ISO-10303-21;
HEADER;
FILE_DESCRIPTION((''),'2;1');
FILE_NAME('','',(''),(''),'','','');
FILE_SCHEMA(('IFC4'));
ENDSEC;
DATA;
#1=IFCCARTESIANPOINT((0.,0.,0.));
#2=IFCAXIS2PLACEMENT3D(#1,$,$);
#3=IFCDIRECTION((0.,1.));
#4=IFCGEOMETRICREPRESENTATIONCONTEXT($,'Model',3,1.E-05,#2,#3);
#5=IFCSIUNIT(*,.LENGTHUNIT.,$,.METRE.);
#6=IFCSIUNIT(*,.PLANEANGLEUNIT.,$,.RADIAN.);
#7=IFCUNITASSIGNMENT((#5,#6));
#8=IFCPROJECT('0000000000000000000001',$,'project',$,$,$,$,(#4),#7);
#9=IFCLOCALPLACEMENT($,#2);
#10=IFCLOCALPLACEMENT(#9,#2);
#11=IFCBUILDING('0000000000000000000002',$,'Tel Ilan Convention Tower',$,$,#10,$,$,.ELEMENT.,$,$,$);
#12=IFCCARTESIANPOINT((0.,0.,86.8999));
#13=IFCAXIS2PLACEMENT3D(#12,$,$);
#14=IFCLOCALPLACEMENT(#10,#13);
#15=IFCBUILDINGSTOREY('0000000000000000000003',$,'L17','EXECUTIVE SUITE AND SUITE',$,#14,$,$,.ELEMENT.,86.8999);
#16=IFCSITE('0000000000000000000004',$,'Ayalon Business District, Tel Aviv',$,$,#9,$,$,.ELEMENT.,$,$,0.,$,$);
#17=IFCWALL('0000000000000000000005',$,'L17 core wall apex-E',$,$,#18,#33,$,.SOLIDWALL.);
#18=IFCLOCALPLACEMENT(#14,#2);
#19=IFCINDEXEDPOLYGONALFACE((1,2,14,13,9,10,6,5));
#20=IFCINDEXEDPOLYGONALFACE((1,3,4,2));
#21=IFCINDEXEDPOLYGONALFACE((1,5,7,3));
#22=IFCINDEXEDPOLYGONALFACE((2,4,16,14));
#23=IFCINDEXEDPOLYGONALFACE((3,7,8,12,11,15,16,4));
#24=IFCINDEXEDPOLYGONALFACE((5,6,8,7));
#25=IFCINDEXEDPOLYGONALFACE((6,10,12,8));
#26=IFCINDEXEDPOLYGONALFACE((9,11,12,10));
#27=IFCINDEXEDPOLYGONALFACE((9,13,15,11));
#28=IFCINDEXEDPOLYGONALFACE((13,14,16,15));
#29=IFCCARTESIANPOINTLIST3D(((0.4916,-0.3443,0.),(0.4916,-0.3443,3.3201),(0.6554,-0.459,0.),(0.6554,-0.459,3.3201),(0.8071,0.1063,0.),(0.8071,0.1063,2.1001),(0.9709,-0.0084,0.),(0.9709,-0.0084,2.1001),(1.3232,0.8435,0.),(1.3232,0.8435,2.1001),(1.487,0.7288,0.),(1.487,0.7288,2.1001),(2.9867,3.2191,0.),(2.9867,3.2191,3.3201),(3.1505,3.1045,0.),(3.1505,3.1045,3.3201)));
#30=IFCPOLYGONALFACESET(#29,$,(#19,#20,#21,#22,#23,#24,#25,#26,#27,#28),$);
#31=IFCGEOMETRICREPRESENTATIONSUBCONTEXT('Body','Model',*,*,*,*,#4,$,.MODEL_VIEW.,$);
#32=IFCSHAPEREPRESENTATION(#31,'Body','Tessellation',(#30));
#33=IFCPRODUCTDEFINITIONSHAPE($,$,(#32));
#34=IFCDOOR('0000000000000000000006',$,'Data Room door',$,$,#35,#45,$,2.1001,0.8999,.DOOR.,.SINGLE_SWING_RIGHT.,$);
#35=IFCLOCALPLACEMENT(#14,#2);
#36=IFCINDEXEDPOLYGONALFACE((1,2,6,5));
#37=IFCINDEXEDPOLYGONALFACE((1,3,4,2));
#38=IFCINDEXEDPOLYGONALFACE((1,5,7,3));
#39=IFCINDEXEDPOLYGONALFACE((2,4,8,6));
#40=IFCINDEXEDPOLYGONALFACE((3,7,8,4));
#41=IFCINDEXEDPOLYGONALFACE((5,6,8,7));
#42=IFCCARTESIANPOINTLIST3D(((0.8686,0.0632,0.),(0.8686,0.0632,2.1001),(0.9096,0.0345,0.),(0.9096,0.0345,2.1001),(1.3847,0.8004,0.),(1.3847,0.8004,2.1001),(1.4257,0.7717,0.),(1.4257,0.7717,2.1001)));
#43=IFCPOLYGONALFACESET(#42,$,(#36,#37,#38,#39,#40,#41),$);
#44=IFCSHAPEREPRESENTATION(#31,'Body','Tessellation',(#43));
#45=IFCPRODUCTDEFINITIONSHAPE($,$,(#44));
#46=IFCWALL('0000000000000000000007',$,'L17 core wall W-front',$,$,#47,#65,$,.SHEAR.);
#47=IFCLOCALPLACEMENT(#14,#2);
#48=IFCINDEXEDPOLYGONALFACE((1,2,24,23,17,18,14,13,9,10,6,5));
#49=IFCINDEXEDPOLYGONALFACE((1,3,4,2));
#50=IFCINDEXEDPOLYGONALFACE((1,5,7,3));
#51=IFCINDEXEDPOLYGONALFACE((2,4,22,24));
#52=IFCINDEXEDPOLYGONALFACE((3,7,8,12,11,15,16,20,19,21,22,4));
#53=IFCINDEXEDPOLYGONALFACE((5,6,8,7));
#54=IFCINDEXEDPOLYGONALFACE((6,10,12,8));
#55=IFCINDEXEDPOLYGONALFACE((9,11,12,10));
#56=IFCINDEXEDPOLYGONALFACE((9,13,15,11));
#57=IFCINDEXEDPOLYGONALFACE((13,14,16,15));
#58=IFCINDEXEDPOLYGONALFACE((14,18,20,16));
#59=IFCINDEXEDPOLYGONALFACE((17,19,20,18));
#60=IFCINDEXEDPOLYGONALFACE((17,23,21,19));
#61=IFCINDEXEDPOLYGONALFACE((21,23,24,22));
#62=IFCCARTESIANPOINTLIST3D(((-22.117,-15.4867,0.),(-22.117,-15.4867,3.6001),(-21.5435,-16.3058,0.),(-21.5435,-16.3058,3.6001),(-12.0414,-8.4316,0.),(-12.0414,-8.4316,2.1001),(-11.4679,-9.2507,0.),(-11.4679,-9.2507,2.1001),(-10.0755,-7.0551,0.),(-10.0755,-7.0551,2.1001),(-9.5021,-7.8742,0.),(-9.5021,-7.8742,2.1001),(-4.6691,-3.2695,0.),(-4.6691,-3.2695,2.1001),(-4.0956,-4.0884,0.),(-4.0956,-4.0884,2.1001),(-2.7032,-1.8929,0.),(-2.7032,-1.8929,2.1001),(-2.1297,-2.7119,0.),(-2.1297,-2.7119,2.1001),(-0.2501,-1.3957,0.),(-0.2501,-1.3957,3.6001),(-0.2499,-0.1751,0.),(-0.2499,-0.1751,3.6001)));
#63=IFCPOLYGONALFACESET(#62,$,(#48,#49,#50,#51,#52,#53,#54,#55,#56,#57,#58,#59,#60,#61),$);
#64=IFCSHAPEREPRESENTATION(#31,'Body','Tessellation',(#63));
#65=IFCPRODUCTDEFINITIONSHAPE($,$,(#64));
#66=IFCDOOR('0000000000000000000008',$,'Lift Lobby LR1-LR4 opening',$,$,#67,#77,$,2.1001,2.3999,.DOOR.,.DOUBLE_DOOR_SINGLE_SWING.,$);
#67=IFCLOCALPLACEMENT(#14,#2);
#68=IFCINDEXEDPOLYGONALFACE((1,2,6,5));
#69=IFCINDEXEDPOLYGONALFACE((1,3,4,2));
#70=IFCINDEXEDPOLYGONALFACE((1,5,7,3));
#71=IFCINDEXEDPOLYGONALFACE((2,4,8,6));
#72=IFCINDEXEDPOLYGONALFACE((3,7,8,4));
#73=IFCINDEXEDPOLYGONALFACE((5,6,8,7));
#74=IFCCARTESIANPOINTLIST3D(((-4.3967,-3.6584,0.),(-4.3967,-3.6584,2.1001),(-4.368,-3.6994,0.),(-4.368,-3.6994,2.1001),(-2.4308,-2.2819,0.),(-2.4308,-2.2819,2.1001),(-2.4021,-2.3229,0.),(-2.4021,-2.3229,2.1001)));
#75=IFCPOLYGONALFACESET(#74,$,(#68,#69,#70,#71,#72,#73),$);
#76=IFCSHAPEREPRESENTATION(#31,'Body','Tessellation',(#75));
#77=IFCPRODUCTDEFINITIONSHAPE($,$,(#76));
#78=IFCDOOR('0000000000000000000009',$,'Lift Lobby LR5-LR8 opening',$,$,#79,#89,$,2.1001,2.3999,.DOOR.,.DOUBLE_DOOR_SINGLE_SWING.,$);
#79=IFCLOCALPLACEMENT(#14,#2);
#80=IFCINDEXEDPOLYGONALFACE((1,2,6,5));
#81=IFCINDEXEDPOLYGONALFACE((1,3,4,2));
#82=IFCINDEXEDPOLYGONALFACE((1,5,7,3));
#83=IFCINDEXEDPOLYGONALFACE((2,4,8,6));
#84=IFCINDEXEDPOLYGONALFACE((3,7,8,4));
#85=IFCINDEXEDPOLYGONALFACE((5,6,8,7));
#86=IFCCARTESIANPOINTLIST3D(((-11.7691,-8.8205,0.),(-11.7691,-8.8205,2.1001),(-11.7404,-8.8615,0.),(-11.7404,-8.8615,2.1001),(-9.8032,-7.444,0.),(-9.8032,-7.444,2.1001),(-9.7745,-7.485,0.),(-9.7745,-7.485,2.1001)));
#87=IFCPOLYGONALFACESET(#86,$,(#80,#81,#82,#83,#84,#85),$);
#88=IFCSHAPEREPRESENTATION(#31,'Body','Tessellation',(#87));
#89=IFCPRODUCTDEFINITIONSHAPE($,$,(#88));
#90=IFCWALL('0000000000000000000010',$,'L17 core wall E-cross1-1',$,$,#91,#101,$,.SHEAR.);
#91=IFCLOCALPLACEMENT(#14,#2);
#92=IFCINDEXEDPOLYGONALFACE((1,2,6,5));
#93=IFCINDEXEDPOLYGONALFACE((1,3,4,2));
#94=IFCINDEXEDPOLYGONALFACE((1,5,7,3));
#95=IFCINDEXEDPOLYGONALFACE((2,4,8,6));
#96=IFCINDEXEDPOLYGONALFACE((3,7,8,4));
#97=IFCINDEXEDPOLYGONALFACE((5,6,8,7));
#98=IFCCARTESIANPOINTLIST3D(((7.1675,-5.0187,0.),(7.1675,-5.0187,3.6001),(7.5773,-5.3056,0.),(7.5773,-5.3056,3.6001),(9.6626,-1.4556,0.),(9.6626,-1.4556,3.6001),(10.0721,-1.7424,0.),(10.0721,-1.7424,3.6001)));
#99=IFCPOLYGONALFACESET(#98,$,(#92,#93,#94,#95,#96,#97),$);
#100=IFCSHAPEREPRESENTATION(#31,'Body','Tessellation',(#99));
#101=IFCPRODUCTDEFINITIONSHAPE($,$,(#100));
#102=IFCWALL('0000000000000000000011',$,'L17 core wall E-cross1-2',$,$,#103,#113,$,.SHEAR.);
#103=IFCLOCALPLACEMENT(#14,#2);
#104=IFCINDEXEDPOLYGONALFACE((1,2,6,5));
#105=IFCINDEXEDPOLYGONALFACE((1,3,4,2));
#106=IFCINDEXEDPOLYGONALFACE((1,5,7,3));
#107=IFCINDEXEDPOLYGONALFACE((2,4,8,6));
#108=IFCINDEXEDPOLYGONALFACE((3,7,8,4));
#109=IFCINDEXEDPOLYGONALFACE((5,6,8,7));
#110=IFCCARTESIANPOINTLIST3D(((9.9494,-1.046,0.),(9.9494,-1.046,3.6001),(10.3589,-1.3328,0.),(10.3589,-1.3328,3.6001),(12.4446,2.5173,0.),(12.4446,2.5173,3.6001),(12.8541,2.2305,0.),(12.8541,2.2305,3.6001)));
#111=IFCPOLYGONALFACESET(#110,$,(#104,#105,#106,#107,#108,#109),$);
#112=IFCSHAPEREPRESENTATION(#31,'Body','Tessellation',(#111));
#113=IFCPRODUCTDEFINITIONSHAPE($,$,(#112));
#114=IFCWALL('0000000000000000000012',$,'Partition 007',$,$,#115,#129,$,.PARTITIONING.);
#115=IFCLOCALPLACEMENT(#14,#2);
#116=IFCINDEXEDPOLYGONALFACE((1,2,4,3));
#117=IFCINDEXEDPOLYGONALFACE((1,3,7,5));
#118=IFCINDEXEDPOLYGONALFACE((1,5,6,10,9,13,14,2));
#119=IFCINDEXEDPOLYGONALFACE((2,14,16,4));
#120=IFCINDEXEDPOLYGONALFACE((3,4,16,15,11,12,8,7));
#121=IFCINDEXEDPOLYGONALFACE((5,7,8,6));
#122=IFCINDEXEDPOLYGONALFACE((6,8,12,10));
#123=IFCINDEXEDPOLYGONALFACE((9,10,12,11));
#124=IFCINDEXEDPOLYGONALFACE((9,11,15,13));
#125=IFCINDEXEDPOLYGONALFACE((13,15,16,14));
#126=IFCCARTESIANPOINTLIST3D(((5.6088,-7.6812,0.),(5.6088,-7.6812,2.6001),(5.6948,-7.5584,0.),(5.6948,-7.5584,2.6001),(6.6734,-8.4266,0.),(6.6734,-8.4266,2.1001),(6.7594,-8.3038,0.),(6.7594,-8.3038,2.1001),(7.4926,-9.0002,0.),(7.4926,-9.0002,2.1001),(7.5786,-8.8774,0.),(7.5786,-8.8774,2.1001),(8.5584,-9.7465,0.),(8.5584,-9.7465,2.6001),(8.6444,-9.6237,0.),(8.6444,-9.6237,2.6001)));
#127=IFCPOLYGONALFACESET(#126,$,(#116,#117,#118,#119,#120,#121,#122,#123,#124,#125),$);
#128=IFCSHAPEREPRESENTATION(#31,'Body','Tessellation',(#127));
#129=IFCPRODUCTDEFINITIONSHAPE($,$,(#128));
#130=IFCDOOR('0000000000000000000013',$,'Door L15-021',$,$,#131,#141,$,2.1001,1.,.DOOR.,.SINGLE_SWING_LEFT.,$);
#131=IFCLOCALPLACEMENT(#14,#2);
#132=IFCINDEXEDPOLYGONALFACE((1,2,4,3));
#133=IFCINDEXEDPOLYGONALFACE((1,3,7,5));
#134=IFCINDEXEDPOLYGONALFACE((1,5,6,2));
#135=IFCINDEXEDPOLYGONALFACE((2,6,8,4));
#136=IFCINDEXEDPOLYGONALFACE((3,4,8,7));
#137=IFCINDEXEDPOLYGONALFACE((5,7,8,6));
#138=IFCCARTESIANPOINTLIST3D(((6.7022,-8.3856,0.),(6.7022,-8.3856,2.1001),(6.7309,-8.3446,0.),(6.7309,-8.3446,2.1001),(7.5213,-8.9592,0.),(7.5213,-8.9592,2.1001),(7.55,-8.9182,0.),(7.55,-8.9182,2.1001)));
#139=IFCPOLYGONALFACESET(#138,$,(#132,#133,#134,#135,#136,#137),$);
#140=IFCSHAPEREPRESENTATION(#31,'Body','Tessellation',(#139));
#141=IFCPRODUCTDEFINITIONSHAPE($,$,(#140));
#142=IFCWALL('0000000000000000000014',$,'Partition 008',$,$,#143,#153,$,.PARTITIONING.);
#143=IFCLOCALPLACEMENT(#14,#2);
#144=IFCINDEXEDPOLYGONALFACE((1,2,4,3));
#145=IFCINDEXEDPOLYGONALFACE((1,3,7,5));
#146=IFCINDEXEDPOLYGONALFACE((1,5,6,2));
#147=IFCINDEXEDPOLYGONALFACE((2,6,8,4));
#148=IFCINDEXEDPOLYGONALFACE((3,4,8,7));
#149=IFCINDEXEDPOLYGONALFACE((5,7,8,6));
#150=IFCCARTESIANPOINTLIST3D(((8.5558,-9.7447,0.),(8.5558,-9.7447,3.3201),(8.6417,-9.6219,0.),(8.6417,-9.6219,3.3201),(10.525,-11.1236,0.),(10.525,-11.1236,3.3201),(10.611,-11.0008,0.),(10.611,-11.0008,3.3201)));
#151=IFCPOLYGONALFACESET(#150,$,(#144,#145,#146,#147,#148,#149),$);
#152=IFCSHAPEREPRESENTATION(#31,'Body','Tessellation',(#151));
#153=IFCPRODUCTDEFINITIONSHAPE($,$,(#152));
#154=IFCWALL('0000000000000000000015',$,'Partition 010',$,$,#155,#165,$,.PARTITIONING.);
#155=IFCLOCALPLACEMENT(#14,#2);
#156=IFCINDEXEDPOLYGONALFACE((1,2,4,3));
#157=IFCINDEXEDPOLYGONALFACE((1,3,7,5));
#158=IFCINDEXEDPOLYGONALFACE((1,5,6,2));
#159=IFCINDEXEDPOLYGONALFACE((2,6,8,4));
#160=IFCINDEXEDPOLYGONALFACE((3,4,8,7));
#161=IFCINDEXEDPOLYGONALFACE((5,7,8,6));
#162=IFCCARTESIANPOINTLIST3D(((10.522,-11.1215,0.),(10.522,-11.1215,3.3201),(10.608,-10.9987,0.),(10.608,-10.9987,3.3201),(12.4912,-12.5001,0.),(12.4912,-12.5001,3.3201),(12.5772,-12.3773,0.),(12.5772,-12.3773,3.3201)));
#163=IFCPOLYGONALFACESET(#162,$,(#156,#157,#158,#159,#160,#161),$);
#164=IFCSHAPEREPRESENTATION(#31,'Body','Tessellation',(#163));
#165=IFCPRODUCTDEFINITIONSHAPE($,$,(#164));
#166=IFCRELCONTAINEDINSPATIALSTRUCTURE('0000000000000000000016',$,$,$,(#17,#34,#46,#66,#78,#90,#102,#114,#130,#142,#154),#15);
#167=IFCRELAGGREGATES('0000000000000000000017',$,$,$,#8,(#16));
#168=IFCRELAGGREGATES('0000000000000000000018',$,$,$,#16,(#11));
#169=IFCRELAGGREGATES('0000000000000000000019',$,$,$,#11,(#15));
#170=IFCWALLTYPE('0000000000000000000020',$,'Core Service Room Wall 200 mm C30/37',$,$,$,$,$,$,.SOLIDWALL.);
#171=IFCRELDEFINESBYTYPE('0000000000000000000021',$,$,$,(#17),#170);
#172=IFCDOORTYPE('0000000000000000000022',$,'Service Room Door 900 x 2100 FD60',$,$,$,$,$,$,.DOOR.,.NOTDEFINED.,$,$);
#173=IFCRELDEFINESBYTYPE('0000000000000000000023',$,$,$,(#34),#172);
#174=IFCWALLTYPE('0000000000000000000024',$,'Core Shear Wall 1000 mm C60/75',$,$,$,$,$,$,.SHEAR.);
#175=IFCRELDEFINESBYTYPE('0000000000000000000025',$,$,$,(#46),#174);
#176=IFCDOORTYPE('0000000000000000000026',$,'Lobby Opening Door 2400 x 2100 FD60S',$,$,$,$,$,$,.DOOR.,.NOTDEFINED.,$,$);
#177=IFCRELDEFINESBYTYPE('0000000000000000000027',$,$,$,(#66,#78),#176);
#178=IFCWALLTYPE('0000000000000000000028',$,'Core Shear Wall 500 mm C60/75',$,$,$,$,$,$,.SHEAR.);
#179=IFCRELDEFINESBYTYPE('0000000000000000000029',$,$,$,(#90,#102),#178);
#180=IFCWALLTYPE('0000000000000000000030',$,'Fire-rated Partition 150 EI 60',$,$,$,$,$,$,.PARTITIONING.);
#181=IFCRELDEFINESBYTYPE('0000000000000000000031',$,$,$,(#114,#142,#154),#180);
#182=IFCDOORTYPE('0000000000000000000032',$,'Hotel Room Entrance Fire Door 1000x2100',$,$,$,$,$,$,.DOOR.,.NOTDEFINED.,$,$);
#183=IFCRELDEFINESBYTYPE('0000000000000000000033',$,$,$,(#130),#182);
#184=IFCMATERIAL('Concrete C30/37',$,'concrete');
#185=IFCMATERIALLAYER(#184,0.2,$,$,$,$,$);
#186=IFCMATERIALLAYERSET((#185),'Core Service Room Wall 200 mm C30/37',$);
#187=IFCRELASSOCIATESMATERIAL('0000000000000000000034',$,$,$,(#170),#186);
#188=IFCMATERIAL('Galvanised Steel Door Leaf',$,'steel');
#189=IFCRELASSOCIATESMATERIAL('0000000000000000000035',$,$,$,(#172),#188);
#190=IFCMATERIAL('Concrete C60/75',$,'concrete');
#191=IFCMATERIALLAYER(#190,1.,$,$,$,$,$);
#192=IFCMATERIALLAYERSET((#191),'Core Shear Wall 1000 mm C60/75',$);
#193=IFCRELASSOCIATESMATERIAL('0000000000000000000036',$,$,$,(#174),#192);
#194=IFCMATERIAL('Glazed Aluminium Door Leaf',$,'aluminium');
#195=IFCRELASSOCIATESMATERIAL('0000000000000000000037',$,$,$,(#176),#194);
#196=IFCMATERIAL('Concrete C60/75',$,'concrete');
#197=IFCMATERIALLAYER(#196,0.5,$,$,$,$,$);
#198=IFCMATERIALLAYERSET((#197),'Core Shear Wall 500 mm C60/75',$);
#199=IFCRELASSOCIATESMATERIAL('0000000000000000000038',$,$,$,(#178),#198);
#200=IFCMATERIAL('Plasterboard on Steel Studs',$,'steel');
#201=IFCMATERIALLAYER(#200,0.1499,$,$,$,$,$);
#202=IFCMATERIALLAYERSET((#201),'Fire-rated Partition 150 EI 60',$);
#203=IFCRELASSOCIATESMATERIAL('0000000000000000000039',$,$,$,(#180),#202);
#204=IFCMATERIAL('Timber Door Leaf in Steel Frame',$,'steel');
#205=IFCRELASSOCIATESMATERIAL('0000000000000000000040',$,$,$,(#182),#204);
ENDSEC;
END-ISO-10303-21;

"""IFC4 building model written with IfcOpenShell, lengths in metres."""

from ifc_helpers import new_model, si_unit, direction, frame, frame_2d, origin, place, context, subcontext, project, spatial, polyline, rectangle, outline, extrude, material, layer, layer_set, type_object, element, fill, save


model = new_model("IFC4")

# Units and contexts
model_context = context("Model", 3, precision=1e-05, world=origin(), true_north=direction((0.0, 1.0)))
body_context = subcontext(model_context, "Body", "Model", "MODEL_VIEW")
ifc_project = project(units=[si_unit("LENGTHUNIT", "METRE"), si_unit("PLANEANGLEUNIT", "RADIAN")], contexts=[model_context])

# Site, building, storey
site_placement = place(None, origin())
site = spatial("IfcSite", under=ifc_project, at=site_placement, Name="Ayalon Business District, Tel Aviv", CompositionType="ELEMENT", RefElevation=0.0)
building_placement = place(site_placement, origin())
building = spatial("IfcBuilding", under=site, at=building_placement, Name="Tel Ilan Convention Tower", CompositionType="ELEMENT")
storey_placement = place(building_placement, frame((0.0, 0.0, 86.8999)))
storey = spatial("IfcBuildingStorey", under=building, at=storey_placement, Name="L17", Description="EXECUTIVE SUITE AND SUITE", CompositionType="ELEMENT", Elevation=86.8999)

# Wall, opening, door
ifc_material_1 = material(Name="Concrete C30/37", Category="concrete")
ifc_layer_1 = layer(ifc_material_1, 0.2)
ifc_layer_set_1 = layer_set([ifc_layer_1], Name="Core Service Room Wall 200 mm C30/37")
wall_type_1 = type_object("IfcWallType", Name="Core Service Room Wall 200 mm C30/37", PredefinedType="SOLIDWALL", material=ifc_layer_set_1)
wall_1_placement = place(storey_placement, frame((0.5735, -0.4016, 0.0), z_axis=(0.0, 0.0, 1.0), x_axis=(0.573568, 0.819158, 0.0)))
wall_1 = element("IfcWall", 1, at=wall_1_placement, inside=storey, type_object=wall_type_1, Name="L17 core wall apex-E", PredefinedType="SOLIDWALL", context=body_context, shape_type="SweptSolid", body=[
    extrude(rectangle(XDim=4.3501, YDim=0.2, at=frame_2d((2.175, 0.0))), origin(), (0.0, 0.0, 1.0), 3.3201),
])
opening_1_placement = place(wall_1_placement, frame((0.55, 0.0, 0.0)))
opening_1 = element("IfcOpeningElement", 2, at=opening_1_placement, cuts=wall_1, PredefinedType="OPENING", context=body_context, shape_type="SweptSolid", body=[
    extrude(rectangle(XDim=0.8999, YDim=2.1001, at=frame_2d((0.45, 1.05))), frame((0.0, 0.1099, 0.0), z_axis=(0.0, -1.0, 0.0), x_axis=(1.0, 0.0, 0.0)), (0.0, 0.0, 1.0), 0.22),
])
ifc_material_2 = material(Name="Galvanised Steel Door Leaf", Category="steel")
door_type_1 = type_object("IfcDoorType", Name="Service Room Door 900 x 2100 FD60", OperationType="NOTDEFINED", PredefinedType="DOOR", material=ifc_material_2)
door_1_placement = place(opening_1_placement, origin())
door_1 = element("IfcDoor", 3, at=door_1_placement, inside=storey, type_object=door_type_1, Name="Data Room door", OperationType="SINGLE_SWING_RIGHT", OverallHeight=2.1001, OverallWidth=0.8999, PredefinedType="DOOR", context=body_context, shape_type="SweptSolid", body=[
    extrude(rectangle(XDim=0.8999, YDim=2.1001, at=frame_2d((0.45, 1.05))), frame((0.0, 0.0249, 0.0), z_axis=(0.0, -1.0, 0.0), x_axis=(1.0, 0.0, 0.0)), (0.0, 0.0, 1.0), 0.05),
])
fill(opening_1, door_1)

# Wall, openings, doors
ifc_material_3 = material(Name="Concrete C60/75", Category="concrete")
ifc_layer_2 = layer(ifc_material_3, 1.0)
ifc_layer_set_2 = layer_set([ifc_layer_2], Name="Core Shear Wall 1000 mm C60/75")
wall_type_2 = type_object("IfcWallType", Name="Core Shear Wall 1000 mm C60/75", PredefinedType="SHEAR", material=ifc_layer_set_2)
wall_2_placement = place(storey_placement, frame((0.0369, -0.5847, 0.0), z_axis=(0.0, 0.0, 1.0), x_axis=(-0.819157, -0.573569, 0.0)))
wall_2 = element("IfcWall", 4, at=wall_2_placement, inside=storey, type_object=wall_type_2, Name="L17 core wall W-front", PredefinedType="SHEAR", context=body_context, shape_type="SweptSolid", body=[
    extrude(outline(polyline([(26.6948, 0.5002), (0.7002, 0.4998), (0.0, -0.5), (26.6948, -0.4998), (26.6948, 0.5002)])), origin(), (0.0, 0.0, 1.0), 3.6001),
])
opening_2_placement = place(wall_2_placement, frame((2.9949, 0.0, 0.0)))
opening_2 = element("IfcOpeningElement", 5, at=opening_2_placement, cuts=wall_2, PredefinedType="OPENING", context=body_context, shape_type="SweptSolid", body=[
    extrude(rectangle(XDim=2.3999, YDim=2.1001, at=frame_2d((1.2, 1.05))), frame((0.0, 0.51, 0.0), z_axis=(0.0, -1.0, 0.0), x_axis=(1.0, 0.0, 0.0)), (0.0, 0.0, 1.0), 1.02),
])
opening_3_placement = place(wall_2_placement, frame((11.9949, 0.0, 0.0)))
opening_3 = element("IfcOpeningElement", 6, at=opening_3_placement, cuts=wall_2, PredefinedType="OPENING", context=body_context, shape_type="SweptSolid", body=[
    extrude(rectangle(XDim=2.3999, YDim=2.1001, at=frame_2d((1.2, 1.05))), frame((0.0, 0.51, 0.0), z_axis=(0.0, -1.0, 0.0), x_axis=(1.0, 0.0, 0.0)), (0.0, 0.0, 1.0), 1.02),
])
ifc_material_4 = material(Name="Glazed Aluminium Door Leaf", Category="aluminium")
door_type_2 = type_object("IfcDoorType", Name="Lobby Opening Door 2400 x 2100 FD60S", OperationType="NOTDEFINED", PredefinedType="DOOR", material=ifc_material_4)
door_2_placement = place(opening_2_placement, origin())
door_2 = element("IfcDoor", 7, at=door_2_placement, inside=storey, type_object=door_type_2, Name="Lift Lobby LR1-LR4 opening", OperationType="DOUBLE_DOOR_SINGLE_SWING", OverallHeight=2.1001, OverallWidth=2.3999, PredefinedType="DOOR", context=body_context, shape_type="SweptSolid", body=[
    extrude(rectangle(XDim=2.3999, YDim=2.1001, at=frame_2d((1.2, 1.05))), frame((0.0, 0.0249, 0.0), z_axis=(0.0, -1.0, 0.0), x_axis=(1.0, 0.0, 0.0)), (0.0, 0.0, 1.0), 0.05),
])
fill(opening_2, door_2)
door_3_placement = place(opening_3_placement, origin())
door_3 = element("IfcDoor", 8, at=door_3_placement, inside=storey, type_object=door_type_2, Name="Lift Lobby LR5-LR8 opening", OperationType="DOUBLE_DOOR_SINGLE_SWING", OverallHeight=2.1001, OverallWidth=2.3999, PredefinedType="DOOR", context=body_context, shape_type="SweptSolid", body=[
    extrude(rectangle(XDim=2.3999, YDim=2.1001, at=frame_2d((1.2, 1.05))), frame((0.0, 0.0249, 0.0), z_axis=(0.0, -1.0, 0.0), x_axis=(1.0, 0.0, 0.0)), (0.0, 0.0, 1.0), 0.05),
])
fill(opening_3, door_3)

# Walls
ifc_material_5 = material(Name="Concrete C60/75", Category="concrete")
ifc_layer_3 = layer(ifc_material_5, 0.5)
ifc_layer_set_3 = layer_set([ifc_layer_3], Name="Core Shear Wall 500 mm C60/75")
wall_type_3 = type_object("IfcWallType", Name="Core Shear Wall 500 mm C60/75", PredefinedType="SHEAR", material=ifc_layer_set_3)
wall_3_placement = place(storey_placement, frame((7.3723, -5.1621, 0.0), z_axis=(0.0, 0.0, 1.0), x_axis=(0.573594, 0.81914, 0.0)))
element("IfcWall", 9, at=wall_3_placement, inside=storey, type_object=wall_type_3, Name="L17 core wall E-cross1-1", PredefinedType="SHEAR", context=body_context, shape_type="SweptSolid", body=[
    extrude(outline(polyline([(0.0, 0.25), (0.0, -0.2502), (4.3499, -0.25), (4.3499, 0.25), (0.0, 0.25)])), origin(), (0.0, 0.0, 1.0), 3.6001),
])
wall_4_placement = place(storey_placement, frame((10.1543, -1.1892, 0.0), z_axis=(0.0, 0.0, 1.0), x_axis=(0.573594, 0.81914, 0.0)))
element("IfcWall", 10, at=wall_4_placement, inside=storey, type_object=wall_type_3, Name="L17 core wall E-cross1-2", PredefinedType="SHEAR", context=body_context, shape_type="SweptSolid", body=[
    extrude(outline(polyline([(4.3499, -0.25), (4.3499, 0.25), (-0.0002, 0.25), (-0.0002, -0.25), (4.3499, -0.25)])), origin(), (0.0, 0.0, 1.0), 3.6001),
])

# Wall, opening, door
ifc_material_6 = material(Name="Plasterboard on Steel Studs", Category="steel")
ifc_layer_4 = layer(ifc_material_6, 0.1499)
ifc_layer_set_4 = layer_set([ifc_layer_4], Name="Fire-rated Partition 150 EI 60")
wall_type_4 = type_object("IfcWallType", Name="Fire-rated Partition 150 EI 60", PredefinedType="PARTITIONING", material=ifc_layer_set_4)
wall_5_placement = place(storey_placement, frame((8.6013, -9.6851, 0.0), z_axis=(0.0, 0.0, 1.0), x_axis=(-0.819149, 0.573581, 0.0)))
wall_5 = element("IfcWall", 11, at=wall_5_placement, inside=storey, type_object=wall_type_4, Name="Partition 007", PredefinedType="PARTITIONING", context=body_context, shape_type="SweptSolid", body=[
    extrude(rectangle(XDim=3.6008, YDim=0.1499, at=frame_2d((1.8003, 0.0))), origin(), (0.0, 0.0, 1.0), 2.6001),
])
opening_4_placement = place(wall_5_placement, frame((1.301, 0.0, 0.0)))
opening_4 = element("IfcOpeningElement", 12, at=opening_4_placement, cuts=wall_5, PredefinedType="OPENING", context=body_context, shape_type="SweptSolid", body=[
    extrude(rectangle(XDim=1.0, YDim=2.1001, at=frame_2d((0.5, 1.05))), frame((0.0, 0.085, 0.0), z_axis=(0.0, -1.0, 0.0), x_axis=(1.0, 0.0, 0.0)), (0.0, 0.0, 1.0), 0.1699),
])
ifc_material_7 = material(Name="Timber Door Leaf in Steel Frame", Category="steel")
door_type_3 = type_object("IfcDoorType", Name="Hotel Room Entrance Fire Door 1000x2100", OperationType="NOTDEFINED", PredefinedType="DOOR", material=ifc_material_7)
door_4_placement = place(opening_4_placement, origin())
door_4 = element("IfcDoor", 13, at=door_4_placement, inside=storey, type_object=door_type_3, Name="Door L15-021", OperationType="SINGLE_SWING_LEFT", OverallHeight=2.1001, OverallWidth=1.0, PredefinedType="DOOR", context=body_context, shape_type="SweptSolid", body=[
    extrude(rectangle(XDim=1.0, YDim=2.1001, at=frame_2d((0.5, 1.05))), frame((0.0, 0.0249, 0.0), z_axis=(0.0, -1.0, 0.0), x_axis=(1.0, 0.0, 0.0)), (0.0, 0.0, 1.0), 0.05),
])
fill(opening_4, door_4)

# Walls
wall_6_placement = place(storey_placement, frame((10.5681, -11.0623, 0.0), z_axis=(0.0, 0.0, 1.0), x_axis=(-0.819146, 0.573585, 0.0)))
element("IfcWall", 14, at=wall_6_placement, inside=storey, type_object=wall_type_4, Name="Partition 008", PredefinedType="PARTITIONING", context=body_context, shape_type="SweptSolid", body=[
    extrude(rectangle(XDim=2.4041, YDim=0.1499, at=frame_2d((1.2021, 0.0))), origin(), (0.0, 0.0, 1.0), 3.3201),
])
wall_7_placement = place(storey_placement, frame((12.5342, -12.4387, 0.0), z_axis=(0.0, 0.0, 1.0), x_axis=(-0.819194, 0.573517, 0.0)))
element("IfcWall", 15, at=wall_7_placement, inside=storey, type_object=wall_type_4, Name="Partition 010", PredefinedType="PARTITIONING", context=body_context, shape_type="SweptSolid", body=[
    extrude(rectangle(XDim=2.4038, YDim=0.1499, at=frame_2d((1.2019, 0.0))), origin(), (0.0, 0.0, 1.0), 3.3201),
])

save(model, "model.ifc")
